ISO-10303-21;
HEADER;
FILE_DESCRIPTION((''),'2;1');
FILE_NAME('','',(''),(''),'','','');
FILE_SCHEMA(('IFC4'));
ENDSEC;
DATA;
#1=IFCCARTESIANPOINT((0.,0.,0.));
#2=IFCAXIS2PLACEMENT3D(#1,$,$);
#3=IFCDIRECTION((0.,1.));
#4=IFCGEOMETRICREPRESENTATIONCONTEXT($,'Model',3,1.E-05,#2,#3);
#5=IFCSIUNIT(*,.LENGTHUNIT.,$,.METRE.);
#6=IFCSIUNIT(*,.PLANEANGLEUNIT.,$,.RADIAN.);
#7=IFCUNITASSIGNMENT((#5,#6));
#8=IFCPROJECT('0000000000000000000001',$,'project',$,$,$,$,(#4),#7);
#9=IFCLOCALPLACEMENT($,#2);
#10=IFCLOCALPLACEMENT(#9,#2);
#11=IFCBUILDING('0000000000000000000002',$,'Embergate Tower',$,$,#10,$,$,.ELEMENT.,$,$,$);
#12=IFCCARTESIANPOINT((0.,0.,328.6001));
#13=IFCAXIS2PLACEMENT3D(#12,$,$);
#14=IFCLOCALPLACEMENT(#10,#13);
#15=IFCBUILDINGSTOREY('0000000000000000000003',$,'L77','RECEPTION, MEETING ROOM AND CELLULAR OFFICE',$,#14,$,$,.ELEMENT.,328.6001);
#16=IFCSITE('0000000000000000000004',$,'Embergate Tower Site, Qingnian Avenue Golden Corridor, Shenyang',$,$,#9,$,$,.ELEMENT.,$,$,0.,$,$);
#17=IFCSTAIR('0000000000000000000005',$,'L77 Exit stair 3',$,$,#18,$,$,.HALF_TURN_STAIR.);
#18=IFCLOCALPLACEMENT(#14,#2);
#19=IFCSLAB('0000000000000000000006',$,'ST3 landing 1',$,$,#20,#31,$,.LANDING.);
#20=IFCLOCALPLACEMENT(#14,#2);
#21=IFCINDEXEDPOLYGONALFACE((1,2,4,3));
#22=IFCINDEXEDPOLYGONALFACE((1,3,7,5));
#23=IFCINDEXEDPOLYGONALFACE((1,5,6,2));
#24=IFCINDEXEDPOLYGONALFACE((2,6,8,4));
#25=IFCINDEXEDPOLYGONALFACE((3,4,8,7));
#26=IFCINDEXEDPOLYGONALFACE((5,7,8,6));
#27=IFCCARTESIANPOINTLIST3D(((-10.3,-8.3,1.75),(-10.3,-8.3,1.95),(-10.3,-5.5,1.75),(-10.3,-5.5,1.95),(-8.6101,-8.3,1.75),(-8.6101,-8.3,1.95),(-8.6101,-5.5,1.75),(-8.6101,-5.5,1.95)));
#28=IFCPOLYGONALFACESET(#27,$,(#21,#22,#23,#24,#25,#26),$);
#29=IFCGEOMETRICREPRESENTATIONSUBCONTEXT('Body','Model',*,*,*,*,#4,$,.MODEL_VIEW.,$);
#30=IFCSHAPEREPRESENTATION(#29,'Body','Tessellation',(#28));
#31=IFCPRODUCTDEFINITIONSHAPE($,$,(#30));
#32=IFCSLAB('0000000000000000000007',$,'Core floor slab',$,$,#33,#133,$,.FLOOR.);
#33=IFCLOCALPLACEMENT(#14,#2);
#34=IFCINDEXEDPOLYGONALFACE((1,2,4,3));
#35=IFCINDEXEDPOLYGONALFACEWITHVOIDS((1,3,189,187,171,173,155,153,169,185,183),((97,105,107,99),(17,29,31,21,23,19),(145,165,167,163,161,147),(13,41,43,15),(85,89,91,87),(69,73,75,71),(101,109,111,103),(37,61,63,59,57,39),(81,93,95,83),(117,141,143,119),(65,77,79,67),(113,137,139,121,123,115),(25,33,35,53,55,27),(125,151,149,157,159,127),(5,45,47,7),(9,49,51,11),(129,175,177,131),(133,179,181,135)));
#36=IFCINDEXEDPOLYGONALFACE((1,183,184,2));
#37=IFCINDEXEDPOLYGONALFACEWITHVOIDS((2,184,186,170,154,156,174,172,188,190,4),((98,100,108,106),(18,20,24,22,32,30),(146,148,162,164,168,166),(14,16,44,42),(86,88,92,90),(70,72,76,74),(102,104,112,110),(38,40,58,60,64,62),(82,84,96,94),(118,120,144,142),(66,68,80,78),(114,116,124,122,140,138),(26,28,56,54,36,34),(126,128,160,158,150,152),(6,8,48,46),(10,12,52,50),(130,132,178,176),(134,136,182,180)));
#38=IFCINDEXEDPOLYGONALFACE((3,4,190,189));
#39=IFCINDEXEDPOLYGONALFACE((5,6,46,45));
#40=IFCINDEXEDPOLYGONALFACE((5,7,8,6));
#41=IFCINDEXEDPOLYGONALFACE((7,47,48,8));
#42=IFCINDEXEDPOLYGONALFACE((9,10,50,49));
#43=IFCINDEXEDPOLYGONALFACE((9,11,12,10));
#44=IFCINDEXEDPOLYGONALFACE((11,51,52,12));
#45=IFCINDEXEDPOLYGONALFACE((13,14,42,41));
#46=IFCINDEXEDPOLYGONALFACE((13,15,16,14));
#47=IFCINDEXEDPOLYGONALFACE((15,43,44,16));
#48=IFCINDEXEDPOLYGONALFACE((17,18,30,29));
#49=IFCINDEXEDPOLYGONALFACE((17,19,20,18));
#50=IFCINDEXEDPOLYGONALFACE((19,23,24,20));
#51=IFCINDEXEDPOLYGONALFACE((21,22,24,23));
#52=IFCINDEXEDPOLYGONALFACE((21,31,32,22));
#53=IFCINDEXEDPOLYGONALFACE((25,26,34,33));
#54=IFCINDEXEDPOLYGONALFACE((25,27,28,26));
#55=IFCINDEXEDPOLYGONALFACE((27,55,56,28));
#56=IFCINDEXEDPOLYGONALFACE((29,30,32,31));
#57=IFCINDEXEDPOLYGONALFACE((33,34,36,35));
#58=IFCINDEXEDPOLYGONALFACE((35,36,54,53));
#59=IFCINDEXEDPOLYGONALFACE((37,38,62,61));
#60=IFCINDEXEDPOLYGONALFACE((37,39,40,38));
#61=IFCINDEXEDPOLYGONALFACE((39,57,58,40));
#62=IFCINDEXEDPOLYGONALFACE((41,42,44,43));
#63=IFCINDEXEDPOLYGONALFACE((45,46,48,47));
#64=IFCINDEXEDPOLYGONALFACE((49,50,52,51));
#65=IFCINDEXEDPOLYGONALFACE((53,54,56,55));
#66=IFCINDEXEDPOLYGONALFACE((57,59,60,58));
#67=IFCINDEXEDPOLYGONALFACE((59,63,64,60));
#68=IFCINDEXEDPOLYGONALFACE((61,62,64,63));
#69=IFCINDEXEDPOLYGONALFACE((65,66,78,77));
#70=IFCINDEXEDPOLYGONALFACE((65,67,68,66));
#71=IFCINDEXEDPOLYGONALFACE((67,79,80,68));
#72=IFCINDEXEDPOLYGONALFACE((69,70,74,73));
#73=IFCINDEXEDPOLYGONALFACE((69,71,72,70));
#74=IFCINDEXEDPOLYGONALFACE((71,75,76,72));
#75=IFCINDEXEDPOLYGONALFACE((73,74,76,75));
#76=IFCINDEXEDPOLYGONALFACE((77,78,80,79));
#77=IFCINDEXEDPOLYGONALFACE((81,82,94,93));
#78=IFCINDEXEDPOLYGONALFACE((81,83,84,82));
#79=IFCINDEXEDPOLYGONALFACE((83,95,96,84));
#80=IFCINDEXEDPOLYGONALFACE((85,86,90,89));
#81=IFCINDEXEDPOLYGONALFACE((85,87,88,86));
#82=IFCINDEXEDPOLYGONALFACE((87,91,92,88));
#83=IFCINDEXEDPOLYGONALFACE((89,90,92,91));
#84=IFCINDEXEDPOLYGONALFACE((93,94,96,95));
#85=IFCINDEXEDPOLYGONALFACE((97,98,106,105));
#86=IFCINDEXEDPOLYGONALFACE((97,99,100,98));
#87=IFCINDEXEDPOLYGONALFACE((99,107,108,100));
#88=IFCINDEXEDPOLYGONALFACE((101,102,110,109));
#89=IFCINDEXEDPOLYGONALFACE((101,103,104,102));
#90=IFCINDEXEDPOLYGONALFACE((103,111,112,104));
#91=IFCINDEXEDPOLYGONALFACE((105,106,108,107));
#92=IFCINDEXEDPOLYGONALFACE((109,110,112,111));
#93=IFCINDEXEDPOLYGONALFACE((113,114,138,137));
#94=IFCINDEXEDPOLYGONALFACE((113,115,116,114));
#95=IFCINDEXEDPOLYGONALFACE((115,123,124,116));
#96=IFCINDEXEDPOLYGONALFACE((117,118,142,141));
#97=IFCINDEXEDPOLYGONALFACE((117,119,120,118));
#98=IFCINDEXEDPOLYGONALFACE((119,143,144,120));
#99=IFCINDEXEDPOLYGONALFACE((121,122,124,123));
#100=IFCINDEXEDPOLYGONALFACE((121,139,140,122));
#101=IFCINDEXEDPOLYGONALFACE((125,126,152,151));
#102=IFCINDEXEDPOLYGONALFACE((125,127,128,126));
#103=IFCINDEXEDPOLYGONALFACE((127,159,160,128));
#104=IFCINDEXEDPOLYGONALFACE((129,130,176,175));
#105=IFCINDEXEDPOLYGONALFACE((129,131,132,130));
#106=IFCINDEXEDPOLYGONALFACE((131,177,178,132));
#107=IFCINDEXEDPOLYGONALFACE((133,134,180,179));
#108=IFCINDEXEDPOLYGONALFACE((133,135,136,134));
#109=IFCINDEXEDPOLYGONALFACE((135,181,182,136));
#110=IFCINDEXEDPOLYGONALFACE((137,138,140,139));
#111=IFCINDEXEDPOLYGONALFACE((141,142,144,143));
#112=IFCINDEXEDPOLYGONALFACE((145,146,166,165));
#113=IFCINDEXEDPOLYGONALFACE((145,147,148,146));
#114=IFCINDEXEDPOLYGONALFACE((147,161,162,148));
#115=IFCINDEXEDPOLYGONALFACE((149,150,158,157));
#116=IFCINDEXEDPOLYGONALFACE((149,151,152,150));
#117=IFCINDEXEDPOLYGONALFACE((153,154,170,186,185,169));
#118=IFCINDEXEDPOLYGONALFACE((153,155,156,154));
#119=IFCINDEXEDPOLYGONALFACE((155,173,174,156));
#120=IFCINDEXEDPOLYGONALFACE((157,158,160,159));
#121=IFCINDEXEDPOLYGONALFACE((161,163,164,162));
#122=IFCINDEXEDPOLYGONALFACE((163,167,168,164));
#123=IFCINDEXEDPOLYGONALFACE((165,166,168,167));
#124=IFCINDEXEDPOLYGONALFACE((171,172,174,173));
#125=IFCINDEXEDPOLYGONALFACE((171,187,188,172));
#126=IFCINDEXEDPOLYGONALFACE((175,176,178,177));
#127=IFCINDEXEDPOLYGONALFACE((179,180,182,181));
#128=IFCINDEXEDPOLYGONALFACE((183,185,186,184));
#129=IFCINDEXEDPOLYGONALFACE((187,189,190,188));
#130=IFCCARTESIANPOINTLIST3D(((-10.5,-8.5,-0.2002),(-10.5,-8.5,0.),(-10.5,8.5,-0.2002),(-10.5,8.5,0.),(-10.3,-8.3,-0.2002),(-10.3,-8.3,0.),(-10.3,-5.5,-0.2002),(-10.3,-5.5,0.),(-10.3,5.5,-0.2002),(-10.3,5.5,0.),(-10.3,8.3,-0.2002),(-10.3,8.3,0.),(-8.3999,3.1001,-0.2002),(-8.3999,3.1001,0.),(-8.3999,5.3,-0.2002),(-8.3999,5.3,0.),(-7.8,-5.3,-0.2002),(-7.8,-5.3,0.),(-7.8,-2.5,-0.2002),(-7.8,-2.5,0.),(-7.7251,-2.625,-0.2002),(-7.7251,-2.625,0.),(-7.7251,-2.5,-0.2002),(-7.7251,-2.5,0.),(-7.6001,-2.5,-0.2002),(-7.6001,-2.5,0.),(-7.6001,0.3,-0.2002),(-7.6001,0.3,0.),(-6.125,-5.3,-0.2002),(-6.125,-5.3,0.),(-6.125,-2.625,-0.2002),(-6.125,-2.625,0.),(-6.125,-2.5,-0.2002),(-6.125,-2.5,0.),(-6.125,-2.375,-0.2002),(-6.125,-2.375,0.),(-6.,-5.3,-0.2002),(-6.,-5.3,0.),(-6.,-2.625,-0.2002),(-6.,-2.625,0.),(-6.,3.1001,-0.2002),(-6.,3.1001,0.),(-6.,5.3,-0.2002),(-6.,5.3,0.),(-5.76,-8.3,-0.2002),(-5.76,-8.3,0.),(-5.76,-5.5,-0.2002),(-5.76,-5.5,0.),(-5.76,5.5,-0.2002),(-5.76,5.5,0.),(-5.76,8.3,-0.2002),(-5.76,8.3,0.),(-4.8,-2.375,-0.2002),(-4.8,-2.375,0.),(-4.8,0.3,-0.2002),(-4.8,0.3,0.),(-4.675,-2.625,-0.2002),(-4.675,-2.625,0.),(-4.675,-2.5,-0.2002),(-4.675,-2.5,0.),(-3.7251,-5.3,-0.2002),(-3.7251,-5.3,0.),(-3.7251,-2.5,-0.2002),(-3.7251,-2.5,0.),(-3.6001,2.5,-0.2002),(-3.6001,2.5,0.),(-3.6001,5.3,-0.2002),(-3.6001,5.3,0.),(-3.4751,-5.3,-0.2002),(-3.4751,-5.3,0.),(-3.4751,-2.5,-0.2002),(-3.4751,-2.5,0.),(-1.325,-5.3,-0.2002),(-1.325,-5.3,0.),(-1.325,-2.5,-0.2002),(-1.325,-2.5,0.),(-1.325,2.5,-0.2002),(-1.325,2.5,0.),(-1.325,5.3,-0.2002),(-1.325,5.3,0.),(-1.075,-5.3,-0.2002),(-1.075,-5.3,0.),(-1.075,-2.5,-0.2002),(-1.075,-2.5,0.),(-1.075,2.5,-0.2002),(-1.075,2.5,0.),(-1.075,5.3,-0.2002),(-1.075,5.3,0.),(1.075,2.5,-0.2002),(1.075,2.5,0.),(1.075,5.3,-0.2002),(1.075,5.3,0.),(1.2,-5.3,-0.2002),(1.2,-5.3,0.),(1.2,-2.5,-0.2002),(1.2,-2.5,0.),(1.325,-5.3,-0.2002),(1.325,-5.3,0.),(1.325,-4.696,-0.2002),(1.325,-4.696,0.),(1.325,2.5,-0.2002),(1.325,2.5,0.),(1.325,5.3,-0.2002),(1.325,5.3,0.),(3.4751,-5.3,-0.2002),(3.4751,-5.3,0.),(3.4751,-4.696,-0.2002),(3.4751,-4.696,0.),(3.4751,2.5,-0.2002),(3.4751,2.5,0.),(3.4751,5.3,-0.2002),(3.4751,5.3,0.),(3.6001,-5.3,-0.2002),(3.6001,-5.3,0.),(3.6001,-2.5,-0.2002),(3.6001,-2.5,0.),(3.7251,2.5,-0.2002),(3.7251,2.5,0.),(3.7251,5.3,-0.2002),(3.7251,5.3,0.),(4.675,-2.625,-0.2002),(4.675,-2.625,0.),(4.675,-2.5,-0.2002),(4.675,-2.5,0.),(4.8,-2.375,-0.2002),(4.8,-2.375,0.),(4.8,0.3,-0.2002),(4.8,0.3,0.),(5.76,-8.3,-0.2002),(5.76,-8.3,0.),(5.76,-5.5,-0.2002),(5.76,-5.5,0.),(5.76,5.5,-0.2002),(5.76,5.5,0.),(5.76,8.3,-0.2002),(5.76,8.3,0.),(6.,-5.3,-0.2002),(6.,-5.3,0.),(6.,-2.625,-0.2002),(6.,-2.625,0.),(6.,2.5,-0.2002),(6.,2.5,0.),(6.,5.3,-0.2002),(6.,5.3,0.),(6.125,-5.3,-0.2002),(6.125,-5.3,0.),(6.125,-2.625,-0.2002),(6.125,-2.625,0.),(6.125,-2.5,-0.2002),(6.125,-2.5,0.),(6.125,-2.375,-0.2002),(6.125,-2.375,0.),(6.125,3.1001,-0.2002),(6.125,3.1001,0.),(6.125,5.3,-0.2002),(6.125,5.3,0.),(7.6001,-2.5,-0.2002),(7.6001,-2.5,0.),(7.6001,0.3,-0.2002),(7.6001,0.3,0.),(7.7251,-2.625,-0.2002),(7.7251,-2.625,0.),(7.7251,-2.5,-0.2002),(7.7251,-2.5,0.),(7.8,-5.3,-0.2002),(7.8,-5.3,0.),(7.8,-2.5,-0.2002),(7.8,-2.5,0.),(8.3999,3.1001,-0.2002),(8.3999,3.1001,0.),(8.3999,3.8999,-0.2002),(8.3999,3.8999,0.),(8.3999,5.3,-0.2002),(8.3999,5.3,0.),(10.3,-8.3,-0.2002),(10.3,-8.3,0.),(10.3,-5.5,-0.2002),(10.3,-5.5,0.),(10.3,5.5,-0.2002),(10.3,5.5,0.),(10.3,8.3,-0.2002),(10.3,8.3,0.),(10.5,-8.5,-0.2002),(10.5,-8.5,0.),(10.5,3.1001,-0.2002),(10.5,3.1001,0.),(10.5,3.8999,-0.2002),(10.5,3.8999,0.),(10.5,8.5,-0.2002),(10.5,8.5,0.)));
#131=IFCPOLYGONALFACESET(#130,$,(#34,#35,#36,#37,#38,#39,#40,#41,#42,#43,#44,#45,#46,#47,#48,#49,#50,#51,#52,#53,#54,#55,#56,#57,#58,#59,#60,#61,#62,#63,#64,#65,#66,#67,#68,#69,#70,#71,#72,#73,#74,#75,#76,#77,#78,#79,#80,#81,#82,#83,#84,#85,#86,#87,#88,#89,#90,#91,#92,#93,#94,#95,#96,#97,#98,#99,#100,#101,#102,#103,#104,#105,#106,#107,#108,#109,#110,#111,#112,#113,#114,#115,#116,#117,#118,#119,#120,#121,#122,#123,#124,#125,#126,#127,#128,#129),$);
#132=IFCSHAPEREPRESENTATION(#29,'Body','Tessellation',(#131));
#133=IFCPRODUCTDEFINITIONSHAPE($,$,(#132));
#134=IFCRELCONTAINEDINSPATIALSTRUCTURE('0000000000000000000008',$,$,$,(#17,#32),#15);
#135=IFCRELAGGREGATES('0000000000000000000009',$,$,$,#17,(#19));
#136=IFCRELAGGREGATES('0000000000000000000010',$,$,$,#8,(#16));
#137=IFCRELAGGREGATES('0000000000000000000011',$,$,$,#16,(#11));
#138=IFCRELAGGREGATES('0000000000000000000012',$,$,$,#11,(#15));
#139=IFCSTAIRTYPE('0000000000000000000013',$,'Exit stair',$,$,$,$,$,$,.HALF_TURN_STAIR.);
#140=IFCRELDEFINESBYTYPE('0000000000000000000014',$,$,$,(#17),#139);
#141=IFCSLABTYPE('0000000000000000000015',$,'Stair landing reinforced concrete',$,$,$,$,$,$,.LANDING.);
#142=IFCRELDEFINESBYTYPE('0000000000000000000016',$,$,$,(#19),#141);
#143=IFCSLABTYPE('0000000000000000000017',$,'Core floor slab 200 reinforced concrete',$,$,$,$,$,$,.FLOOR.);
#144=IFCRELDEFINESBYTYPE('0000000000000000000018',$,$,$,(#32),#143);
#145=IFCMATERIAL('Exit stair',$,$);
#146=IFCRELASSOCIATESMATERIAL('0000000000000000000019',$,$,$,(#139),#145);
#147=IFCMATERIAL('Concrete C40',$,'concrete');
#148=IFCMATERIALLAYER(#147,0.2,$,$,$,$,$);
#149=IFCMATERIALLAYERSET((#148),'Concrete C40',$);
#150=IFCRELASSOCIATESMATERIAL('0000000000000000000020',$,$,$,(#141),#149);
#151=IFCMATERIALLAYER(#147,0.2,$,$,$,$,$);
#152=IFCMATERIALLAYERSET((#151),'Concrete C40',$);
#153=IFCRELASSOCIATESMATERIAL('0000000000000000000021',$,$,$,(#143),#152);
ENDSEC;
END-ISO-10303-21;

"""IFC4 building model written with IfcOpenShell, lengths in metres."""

from ifc_helpers import new_model, si_unit, direction, frame, origin, place, context, subcontext, project, spatial, polyline, outline, extrude, source, transform, mapped, material, layer, layer_set, type_object, element, aggregate, save


model = new_model("IFC4")

# Units and contexts
model_context = context("Model", 3, precision=1e-05, world=origin(), true_north=direction((0.0, 1.0)))
body_context = subcontext(model_context, "Body", "Model", "MODEL_VIEW")
ifc_project = project(units=[si_unit("LENGTHUNIT", "METRE"), si_unit("PLANEANGLEUNIT", "RADIAN")], contexts=[model_context])

# Site, building, storey
site_placement = place(None, origin())
site = spatial("IfcSite", under=ifc_project, at=site_placement, Name="Embergate Tower Site, Qingnian Avenue Golden Corridor, Shenyang", CompositionType="ELEMENT", RefElevation=0.0)
building_placement = place(site_placement, origin())
building = spatial("IfcBuilding", under=site, at=building_placement, Name="Embergate Tower", CompositionType="ELEMENT")
storey_placement = place(building_placement, frame((0.0, 0.0, 328.6001)))
storey = spatial("IfcBuildingStorey", under=building, at=storey_placement, Name="L77", Description="RECEPTION, MEETING ROOM AND CELLULAR OFFICE", CompositionType="ELEMENT", Elevation=328.6001)

# Stair, slab
ifc_material_1 = material(Name="Exit stair")
stair_type = type_object("IfcStairType", Name="Exit stair", PredefinedType="HALF_TURN_STAIR", material=ifc_material_1)
stair_placement = place(storey_placement, origin())
stair = element("IfcStair", 1, at=stair_placement, inside=storey, type_object=stair_type, Name="L77 Exit stair 3", PredefinedType="HALF_TURN_STAIR")
ifc_material_2 = material(Name="Concrete C40", Category="concrete")
ifc_layer_1 = layer(ifc_material_2, 0.2)
ifc_layer_set_1 = layer_set([ifc_layer_1], Name="Concrete C40")
slab_type_1 = type_object("IfcSlabType", Name="Stair landing reinforced concrete", PredefinedType="LANDING", material=ifc_layer_set_1)
shared_shape_1 = source(origin(), body_context, "Body", "SweptSolid", [
    extrude(outline(polyline([(0.0, 0.0), (1.6899, 0.0), (1.6899, 2.8), (0.0, 2.8), (0.0, 0.0)])), origin(), (0.0, 0.0, 1.0), 0.2),
])
slab_1_placement = place(storey_placement, frame((-10.3, -8.3, 1.75)))
slab_1 = element("IfcSlab", 2, at=slab_1_placement, type_object=slab_type_1, Name="ST3 landing 1", PredefinedType="LANDING", context=body_context, shape_type="MappedRepresentation", body=[
    mapped(shared_shape_1, transform((0.0, 0.0, 0.0))),
])

# Slab
ifc_layer_2 = layer(ifc_material_2, 0.2)
ifc_layer_set_2 = layer_set([ifc_layer_2], Name="Concrete C40")
slab_type_2 = type_object("IfcSlabType", Name="Core floor slab 200 reinforced concrete", PredefinedType="FLOOR", material=ifc_layer_set_2)
shared_shape_2 = source(origin(), body_context, "Body", "SweptSolid", [
    extrude(outline(polyline([(0.0, 0.0), (21.0, 0.0), (21.0, 11.6001), (18.8999, 11.6001), (16.625, 11.6001), (16.625, 13.8), (18.8999, 13.8), (18.8999, 12.3999), (21.0, 12.3999), (21.0, 17.0), (0.0, 17.0), (0.0, 0.0)]), holes=[polyline([(0.2, 0.2), (0.2, 3.0), (4.74, 3.0), (4.74, 0.2), (0.2, 0.2)]), polyline([(16.26, 0.2), (16.26, 3.0), (20.8, 3.0), (20.8, 0.2), (16.26, 0.2)]), polyline([(2.7, 3.2), (2.7, 6.0), (2.7749, 6.0), (2.7749, 5.875), (4.375, 5.875), (4.375, 3.2), (2.7, 3.2)]), polyline([(4.5, 3.2), (4.5, 5.875), (5.825, 5.875), (5.825, 6.0), (6.7749, 6.0), (6.7749, 3.2), (4.5, 3.2)]), polyline([(7.0249, 3.2), (7.0249, 6.0), (9.175, 6.0), (9.175, 3.2), (7.0249, 3.2)]), polyline([(9.425, 3.2), (9.425, 6.0), (11.7, 6.0), (11.7, 3.2), (9.425, 3.2)]), polyline([(11.825, 3.2), (11.825, 3.804), (13.9751, 3.804), (13.9751, 3.2), (11.825, 3.2)]), polyline([(14.1001, 3.2), (14.1001, 6.0), (15.175, 6.0), (15.175, 5.875), (16.5, 5.875), (16.5, 3.2), (14.1001, 3.2)]), polyline([(16.625, 3.2), (16.625, 5.875), (18.2251, 5.875), (18.2251, 6.0), (18.3, 6.0), (18.3, 3.2), (16.625, 3.2)]), polyline([(2.8999, 6.0), (2.8999, 8.8), (5.7, 8.8), (5.7, 6.125), (4.375, 6.125), (4.375, 6.0), (2.8999, 6.0)]), polyline([(16.625, 6.0), (16.625, 6.125), (15.3, 6.125), (15.3, 8.8), (18.1001, 8.8), (18.1001, 6.0), (16.625, 6.0)]), polyline([(6.8999, 11.0), (6.8999, 13.8), (9.175, 13.8), (9.175, 11.0), (6.8999, 11.0)]), polyline([(9.425, 11.0), (9.425, 13.8), (11.575, 13.8), (11.575, 11.0), (9.425, 11.0)]), polyline([(11.825, 11.0), (11.825, 13.8), (13.9751, 13.8), (13.9751, 11.0), (11.825, 11.0)]), polyline([(14.2251, 11.0), (14.2251, 13.8), (16.5, 13.8), (16.5, 11.0), (14.2251, 11.0)]), polyline([(2.1001, 11.6001), (2.1001, 13.8), (4.5, 13.8), (4.5, 11.6001), (2.1001, 11.6001)]), polyline([(0.2, 14.0), (0.2, 16.8), (4.74, 16.8), (4.74, 14.0), (0.2, 14.0)]), polyline([(16.26, 14.0), (16.26, 16.8), (20.8, 16.8), (20.8, 14.0), (16.26, 14.0)])]), origin(), (0.0, 0.0, 1.0), 0.2002),
])
slab_2_placement = place(storey_placement, frame((-10.5, -8.5, -0.2002)))
element("IfcSlab", 3, at=slab_2_placement, inside=storey, type_object=slab_type_2, Name="Core floor slab", PredefinedType="FLOOR", context=body_context, shape_type="MappedRepresentation", body=[
    mapped(shared_shape_2, transform((0.0, 0.0, 0.0))),
])

aggregate(stair, [slab_1])

save(model, "model.ifc")
